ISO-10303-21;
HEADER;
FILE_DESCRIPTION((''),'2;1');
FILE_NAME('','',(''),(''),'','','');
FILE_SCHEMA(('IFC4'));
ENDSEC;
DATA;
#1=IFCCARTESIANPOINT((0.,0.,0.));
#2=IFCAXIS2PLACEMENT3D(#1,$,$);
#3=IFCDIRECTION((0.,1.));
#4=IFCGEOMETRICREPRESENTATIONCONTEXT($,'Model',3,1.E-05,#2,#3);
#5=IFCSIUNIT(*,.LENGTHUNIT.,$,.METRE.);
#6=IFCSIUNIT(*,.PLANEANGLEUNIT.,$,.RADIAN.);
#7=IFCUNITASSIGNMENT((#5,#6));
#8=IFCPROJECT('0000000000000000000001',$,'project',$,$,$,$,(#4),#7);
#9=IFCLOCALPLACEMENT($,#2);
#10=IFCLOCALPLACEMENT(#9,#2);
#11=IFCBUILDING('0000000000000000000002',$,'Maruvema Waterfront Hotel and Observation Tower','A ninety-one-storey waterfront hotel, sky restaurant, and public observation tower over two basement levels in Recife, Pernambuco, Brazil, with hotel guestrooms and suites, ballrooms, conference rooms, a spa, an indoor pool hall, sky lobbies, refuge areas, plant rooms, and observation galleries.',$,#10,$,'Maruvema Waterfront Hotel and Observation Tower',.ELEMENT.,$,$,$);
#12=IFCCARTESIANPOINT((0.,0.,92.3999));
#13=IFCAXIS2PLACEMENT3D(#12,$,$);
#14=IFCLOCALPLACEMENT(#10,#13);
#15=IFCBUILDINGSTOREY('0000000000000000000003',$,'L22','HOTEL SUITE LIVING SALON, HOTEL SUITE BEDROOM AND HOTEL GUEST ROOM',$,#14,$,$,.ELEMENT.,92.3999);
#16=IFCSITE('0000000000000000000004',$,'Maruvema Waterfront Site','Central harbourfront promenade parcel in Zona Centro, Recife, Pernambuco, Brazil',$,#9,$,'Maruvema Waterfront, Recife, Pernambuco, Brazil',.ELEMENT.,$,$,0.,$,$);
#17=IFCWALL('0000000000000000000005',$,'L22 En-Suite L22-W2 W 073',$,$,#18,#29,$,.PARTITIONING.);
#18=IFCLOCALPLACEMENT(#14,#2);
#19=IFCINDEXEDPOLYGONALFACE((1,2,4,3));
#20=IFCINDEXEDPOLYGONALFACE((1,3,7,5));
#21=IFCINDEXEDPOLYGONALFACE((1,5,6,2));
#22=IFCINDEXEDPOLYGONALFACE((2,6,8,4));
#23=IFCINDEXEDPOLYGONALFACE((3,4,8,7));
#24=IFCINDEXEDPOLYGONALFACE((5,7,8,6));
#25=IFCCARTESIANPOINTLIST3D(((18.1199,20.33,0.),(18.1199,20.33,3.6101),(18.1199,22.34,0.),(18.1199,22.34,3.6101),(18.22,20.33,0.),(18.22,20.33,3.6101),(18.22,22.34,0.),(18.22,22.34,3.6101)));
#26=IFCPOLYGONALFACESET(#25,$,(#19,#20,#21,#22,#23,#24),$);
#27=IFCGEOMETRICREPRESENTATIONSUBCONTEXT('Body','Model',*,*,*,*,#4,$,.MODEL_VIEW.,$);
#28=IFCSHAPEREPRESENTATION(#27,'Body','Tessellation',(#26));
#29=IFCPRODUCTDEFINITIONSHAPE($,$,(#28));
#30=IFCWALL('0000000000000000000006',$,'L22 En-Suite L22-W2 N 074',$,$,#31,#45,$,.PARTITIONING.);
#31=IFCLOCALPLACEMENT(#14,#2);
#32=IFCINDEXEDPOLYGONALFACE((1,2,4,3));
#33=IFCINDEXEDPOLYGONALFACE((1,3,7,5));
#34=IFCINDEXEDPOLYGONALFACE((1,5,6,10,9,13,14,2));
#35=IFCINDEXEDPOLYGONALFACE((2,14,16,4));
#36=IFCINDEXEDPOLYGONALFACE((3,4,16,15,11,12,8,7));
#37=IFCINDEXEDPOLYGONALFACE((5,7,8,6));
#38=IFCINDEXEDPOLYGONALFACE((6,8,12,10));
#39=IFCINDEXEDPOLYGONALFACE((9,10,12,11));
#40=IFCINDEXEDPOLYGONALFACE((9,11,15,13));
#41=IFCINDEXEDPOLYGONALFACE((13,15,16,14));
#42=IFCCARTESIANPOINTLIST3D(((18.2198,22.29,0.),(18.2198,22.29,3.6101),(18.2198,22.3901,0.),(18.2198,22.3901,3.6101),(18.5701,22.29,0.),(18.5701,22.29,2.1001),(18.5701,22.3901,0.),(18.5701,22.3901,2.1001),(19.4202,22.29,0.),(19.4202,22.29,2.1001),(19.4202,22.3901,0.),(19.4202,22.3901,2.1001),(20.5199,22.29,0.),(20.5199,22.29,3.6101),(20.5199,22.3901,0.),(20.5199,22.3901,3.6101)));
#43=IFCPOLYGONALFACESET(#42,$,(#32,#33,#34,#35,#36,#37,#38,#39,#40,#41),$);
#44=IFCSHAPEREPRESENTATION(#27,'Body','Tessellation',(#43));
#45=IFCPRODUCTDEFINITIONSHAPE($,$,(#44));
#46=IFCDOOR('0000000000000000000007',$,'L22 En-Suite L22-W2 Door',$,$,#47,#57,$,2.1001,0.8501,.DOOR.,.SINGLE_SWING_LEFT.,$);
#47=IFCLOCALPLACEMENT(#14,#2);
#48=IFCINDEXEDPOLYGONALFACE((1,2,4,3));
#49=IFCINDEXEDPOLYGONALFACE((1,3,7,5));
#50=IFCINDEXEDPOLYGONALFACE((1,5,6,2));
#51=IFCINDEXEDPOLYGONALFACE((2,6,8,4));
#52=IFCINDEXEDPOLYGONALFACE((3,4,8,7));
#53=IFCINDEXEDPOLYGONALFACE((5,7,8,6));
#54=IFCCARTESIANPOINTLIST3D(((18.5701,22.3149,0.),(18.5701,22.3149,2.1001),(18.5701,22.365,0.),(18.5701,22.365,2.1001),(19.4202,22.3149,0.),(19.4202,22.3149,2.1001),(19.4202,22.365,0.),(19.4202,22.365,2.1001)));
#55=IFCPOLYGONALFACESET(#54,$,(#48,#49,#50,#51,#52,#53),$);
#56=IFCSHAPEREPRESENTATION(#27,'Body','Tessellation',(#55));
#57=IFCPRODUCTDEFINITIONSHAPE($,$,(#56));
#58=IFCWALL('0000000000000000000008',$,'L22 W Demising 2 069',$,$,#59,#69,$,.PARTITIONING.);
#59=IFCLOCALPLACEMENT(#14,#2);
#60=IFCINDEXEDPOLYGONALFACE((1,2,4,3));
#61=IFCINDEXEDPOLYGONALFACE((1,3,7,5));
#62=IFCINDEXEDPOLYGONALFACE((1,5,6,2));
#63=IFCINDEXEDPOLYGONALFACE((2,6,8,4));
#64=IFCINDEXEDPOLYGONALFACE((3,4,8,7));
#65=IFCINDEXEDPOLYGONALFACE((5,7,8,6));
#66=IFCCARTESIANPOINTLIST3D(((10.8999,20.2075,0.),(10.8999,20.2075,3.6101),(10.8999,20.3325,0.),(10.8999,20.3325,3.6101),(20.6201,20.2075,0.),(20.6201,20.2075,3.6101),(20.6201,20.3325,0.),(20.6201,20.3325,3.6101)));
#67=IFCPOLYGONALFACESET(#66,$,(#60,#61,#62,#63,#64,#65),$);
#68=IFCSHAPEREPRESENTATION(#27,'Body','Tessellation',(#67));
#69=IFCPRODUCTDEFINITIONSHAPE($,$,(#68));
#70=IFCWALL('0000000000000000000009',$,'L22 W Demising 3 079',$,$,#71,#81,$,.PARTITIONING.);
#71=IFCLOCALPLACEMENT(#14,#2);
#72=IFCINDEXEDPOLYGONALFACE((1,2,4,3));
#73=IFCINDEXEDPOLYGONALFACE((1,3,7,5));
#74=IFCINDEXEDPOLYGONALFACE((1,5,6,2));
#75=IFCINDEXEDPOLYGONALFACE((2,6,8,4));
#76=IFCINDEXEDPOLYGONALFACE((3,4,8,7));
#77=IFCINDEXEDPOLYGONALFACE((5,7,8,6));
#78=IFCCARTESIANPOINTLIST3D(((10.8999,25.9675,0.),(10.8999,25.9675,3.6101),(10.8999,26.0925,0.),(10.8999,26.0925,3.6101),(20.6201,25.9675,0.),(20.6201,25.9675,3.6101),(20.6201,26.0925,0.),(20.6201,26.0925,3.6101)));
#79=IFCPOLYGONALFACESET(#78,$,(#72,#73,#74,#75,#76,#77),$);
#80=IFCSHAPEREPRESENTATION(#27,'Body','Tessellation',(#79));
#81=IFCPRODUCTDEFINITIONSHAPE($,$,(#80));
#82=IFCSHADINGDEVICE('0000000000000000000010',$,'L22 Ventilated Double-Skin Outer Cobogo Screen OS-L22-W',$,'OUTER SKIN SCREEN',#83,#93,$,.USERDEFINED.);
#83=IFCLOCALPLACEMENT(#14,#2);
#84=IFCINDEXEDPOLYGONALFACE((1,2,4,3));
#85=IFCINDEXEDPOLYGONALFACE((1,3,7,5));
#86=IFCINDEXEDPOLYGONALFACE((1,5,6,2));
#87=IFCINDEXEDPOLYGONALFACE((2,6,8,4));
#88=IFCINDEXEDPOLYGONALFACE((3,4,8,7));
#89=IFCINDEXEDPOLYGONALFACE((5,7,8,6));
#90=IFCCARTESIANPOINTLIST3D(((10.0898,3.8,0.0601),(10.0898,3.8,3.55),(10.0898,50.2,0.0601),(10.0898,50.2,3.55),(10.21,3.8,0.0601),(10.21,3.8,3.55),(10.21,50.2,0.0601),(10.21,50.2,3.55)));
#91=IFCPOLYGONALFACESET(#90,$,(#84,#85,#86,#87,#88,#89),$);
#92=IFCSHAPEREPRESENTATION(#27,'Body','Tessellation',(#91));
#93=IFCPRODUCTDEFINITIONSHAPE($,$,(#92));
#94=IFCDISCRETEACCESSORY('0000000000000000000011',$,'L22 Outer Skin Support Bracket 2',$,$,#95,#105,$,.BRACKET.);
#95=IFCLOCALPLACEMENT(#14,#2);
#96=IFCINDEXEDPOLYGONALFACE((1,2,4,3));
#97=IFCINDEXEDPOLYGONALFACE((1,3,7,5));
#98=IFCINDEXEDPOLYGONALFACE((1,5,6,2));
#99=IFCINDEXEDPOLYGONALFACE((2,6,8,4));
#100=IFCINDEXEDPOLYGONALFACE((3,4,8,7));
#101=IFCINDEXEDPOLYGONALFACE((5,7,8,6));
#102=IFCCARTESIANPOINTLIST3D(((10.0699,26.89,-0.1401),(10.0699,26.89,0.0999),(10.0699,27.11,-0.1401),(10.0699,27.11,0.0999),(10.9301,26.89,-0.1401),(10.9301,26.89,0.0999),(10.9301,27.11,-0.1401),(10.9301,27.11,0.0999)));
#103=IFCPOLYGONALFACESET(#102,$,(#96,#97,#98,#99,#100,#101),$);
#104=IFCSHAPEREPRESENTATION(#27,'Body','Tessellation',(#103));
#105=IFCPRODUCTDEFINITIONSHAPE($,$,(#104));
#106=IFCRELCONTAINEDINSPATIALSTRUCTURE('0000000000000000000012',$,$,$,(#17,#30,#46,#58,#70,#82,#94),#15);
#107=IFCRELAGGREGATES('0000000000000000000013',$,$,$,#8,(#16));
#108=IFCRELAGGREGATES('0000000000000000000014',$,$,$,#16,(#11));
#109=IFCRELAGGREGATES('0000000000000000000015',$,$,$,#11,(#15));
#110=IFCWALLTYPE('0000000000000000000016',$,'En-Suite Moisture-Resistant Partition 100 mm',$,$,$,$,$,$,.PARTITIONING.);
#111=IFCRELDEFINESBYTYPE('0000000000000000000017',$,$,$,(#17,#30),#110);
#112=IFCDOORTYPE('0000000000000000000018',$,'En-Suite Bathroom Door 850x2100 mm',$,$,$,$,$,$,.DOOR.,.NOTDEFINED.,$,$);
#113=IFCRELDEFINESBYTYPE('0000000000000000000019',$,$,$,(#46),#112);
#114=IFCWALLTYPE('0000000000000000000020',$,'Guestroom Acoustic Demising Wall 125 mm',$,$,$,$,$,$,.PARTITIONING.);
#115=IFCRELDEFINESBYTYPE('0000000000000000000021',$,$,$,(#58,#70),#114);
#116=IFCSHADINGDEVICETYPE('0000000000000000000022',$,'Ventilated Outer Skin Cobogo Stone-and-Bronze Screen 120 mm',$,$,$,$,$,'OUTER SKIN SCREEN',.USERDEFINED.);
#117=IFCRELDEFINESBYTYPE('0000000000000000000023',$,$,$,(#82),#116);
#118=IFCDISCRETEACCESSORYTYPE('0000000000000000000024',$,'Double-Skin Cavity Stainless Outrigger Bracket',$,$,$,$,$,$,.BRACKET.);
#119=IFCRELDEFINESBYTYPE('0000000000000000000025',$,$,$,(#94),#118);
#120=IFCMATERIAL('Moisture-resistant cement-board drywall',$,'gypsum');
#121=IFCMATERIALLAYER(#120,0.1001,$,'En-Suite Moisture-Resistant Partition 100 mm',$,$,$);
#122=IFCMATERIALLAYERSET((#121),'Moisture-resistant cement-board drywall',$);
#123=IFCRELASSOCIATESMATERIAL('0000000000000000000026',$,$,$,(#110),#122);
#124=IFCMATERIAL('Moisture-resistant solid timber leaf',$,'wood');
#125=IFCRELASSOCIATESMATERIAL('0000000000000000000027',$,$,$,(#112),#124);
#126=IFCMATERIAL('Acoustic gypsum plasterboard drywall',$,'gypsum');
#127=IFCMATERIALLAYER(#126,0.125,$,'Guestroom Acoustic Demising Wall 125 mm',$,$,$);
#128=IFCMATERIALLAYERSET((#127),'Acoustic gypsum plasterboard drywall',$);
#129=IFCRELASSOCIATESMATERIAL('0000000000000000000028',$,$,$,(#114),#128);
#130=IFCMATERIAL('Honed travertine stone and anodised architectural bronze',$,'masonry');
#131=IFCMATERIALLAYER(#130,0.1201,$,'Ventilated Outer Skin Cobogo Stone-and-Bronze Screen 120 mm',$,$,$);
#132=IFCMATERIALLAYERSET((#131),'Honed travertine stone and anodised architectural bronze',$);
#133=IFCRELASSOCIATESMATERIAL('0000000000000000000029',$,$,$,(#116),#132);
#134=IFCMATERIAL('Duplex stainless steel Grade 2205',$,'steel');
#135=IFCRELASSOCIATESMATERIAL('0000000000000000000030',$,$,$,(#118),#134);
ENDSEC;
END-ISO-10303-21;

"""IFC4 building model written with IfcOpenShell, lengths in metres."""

from ifc_helpers import new_model, si_unit, direction, frame, frame_2d, origin, origin_2d, place, context, subcontext, project, spatial, rectangle, extrude, material, layer, layer_set, type_object, element, fill, save


model = new_model("IFC4")

# Units and contexts
model_context = context("Model", 3, precision=1e-05, world=origin(), true_north=direction((0.0, 1.0)))
body_context = subcontext(model_context, "Body", "Model", "MODEL_VIEW")
ifc_project = project(units=[si_unit("LENGTHUNIT", "METRE"), si_unit("PLANEANGLEUNIT", "RADIAN")], contexts=[model_context])

# Site, building, storey
site_placement = place(None, origin())
site = spatial("IfcSite", under=ifc_project, at=site_placement, Name="Maruvema Waterfront Site", Description="Central harbourfront promenade parcel in Zona Centro, Recife, Pernambuco, Brazil", LongName="Maruvema Waterfront, Recife, Pernambuco, Brazil", CompositionType="ELEMENT", RefElevation=0.0)
building_placement = place(site_placement, origin())
building = spatial("IfcBuilding", under=site, at=building_placement, Name="Maruvema Waterfront Hotel and Observation Tower", Description="A ninety-one-storey waterfront hotel, sky restaurant, and public observation tower over two basement levels in Recife, Pernambuco, Brazil, with hotel guestrooms and suites, ballrooms, conference rooms, a spa, an indoor pool hall, sky lobbies, refuge areas, plant rooms, and observation galleries.", LongName="Maruvema Waterfront Hotel and Observation Tower", CompositionType="ELEMENT")
storey_placement = place(building_placement, frame((0.0, 0.0, 92.3999)))
storey = spatial("IfcBuildingStorey", under=building, at=storey_placement, Name="L22", Description="HOTEL SUITE LIVING SALON, HOTEL SUITE BEDROOM AND HOTEL GUEST ROOM", CompositionType="ELEMENT", Elevation=92.3999)

# Shared definitions
ifc_material_1 = material(Name="Moisture-resistant cement-board drywall", Category="gypsum")
ifc_layer_1 = layer(ifc_material_1, 0.1001, Name="En-Suite Moisture-Resistant Partition 100 mm")
ifc_layer_set_1 = layer_set([ifc_layer_1], Name="Moisture-resistant cement-board drywall")
wall_type_1 = type_object("IfcWallType", Name="En-Suite Moisture-Resistant Partition 100 mm", PredefinedType="PARTITIONING", material=ifc_layer_set_1)
ifc_material_2 = material(Name="Moisture-resistant solid timber leaf", Category="wood")
door_type_1 = type_object("IfcDoorType", Name="En-Suite Bathroom Door 850x2100 mm", OperationType="NOTDEFINED", PredefinedType="DOOR", material=ifc_material_2)

# Wall
wall_1_placement = place(storey_placement, frame((18.1699, 20.3301, 0.0), z_axis=(0.0, 0.0, 1.0), x_axis=(0.0, 1.0, 0.0)))
element("IfcWall", 1, at=wall_1_placement, inside=storey, type_object=wall_type_1, Name="L22 En-Suite L22-W2 W 073", PredefinedType="PARTITIONING", context=body_context, shape_type="SweptSolid", body=[
    extrude(rectangle(XDim=2.01, YDim=0.1001, at=frame_2d((1.0049, 0.0))), origin(), (0.0, 0.0, 1.0), 3.6101),
])

# Wall, opening, door
wall_2_placement = place(storey_placement, frame((18.22, 22.3401, 0.0), z_axis=(0.0, 0.0, 1.0), x_axis=(1.0, 0.0, 0.0)))
wall_2 = element("IfcWall", 2, at=wall_2_placement, inside=storey, type_object=wall_type_1, Name="L22 En-Suite L22-W2 N 074", PredefinedType="PARTITIONING", context=body_context, shape_type="SweptSolid", body=[
    extrude(rectangle(XDim=2.3, YDim=0.1001, at=frame_2d((1.1499, 0.0))), origin(), (0.0, 0.0, 1.0), 3.6101),
])
opening_1_placement = place(wall_2_placement, frame((0.3501, 0.0, 0.0)))
opening_1 = element("IfcOpeningElement", 3, at=opening_1_placement, cuts=wall_2, PredefinedType="OPENING", context=body_context, shape_type="SweptSolid", body=[
    extrude(rectangle(XDim=0.8501, YDim=2.1001, at=frame_2d((0.425, 1.05))), frame((0.0, 0.0601, 0.0), z_axis=(0.0, -1.0, 0.0), x_axis=(1.0, 0.0, 0.0)), (0.0, 0.0, 1.0), 0.1201),
])
door_1_placement = place(opening_1_placement, origin())
door_1 = element("IfcDoor", 4, at=door_1_placement, inside=storey, type_object=door_type_1, Name="L22 En-Suite L22-W2 Door", OperationType="SINGLE_SWING_LEFT", OverallHeight=2.1001, OverallWidth=0.8501, PredefinedType="DOOR", context=body_context, shape_type="SweptSolid", body=[
    extrude(rectangle(XDim=0.8501, YDim=2.1001, at=frame_2d((0.425, 1.05))), frame((0.0, 0.0249, 0.0), z_axis=(0.0, -1.0, 0.0), x_axis=(1.0, 0.0, 0.0)), (0.0, 0.0, 1.0), 0.05),
])
fill(opening_1, door_1)

# Walls
ifc_material_3 = material(Name="Acoustic gypsum plasterboard drywall", Category="gypsum")
ifc_layer_2 = layer(ifc_material_3, 0.125, Name="Guestroom Acoustic Demising Wall 125 mm")
ifc_layer_set_2 = layer_set([ifc_layer_2], Name="Acoustic gypsum plasterboard drywall")
wall_type_2 = type_object("IfcWallType", Name="Guestroom Acoustic Demising Wall 125 mm", PredefinedType="PARTITIONING", material=ifc_layer_set_2)
for number, where, z_axis, x_axis, name in (
    (5, (10.8999, 20.27, 0.0), (0.0, 0.0, 1.0), (1.0, 0.0, 0.0), "L22 W Demising 2 069"),
    (6, (10.8999, 26.03, 0.0), (0.0, 0.0, 1.0), (1.0, 0.0, 0.0), "L22 W Demising 3 079"),
):
    element("IfcWall", number, at=place(storey_placement, frame(where, z_axis=z_axis, x_axis=x_axis)), inside=storey, type_object=wall_type_2, Name=name, PredefinedType="PARTITIONING", context=body_context, shape_type="SweptSolid", body=[
        extrude(rectangle(XDim=9.7202, YDim=0.125, at=frame_2d((4.8601, 0.0))), origin(), (0.0, 0.0, 1.0), 3.6101),
    ])

# Shading device
ifc_material_4 = material(Name="Honed travertine stone and anodised architectural bronze", Category="masonry")
ifc_layer_3 = layer(ifc_material_4, 0.1201, Name="Ventilated Outer Skin Cobogo Stone-and-Bronze Screen 120 mm")
ifc_layer_set_3 = layer_set([ifc_layer_3], Name="Honed travertine stone and anodised architectural bronze")
shading_device_type = type_object("IfcShadingDeviceType", Name="Ventilated Outer Skin Cobogo Stone-and-Bronze Screen 120 mm", ElementType="OUTER SKIN SCREEN", PredefinedType="USERDEFINED", material=ifc_layer_set_3)
shading_device_placement = place(storey_placement, frame((10.1499, 27.0, 0.0601), z_axis=(0.0, 0.0, 1.0), x_axis=(0.0, -1.0, 0.0)))
element("IfcShadingDevice", 7, at=shading_device_placement, inside=storey, type_object=shading_device_type, Name="L22 Ventilated Double-Skin Outer Cobogo Screen OS-L22-W", ObjectType="OUTER SKIN SCREEN", PredefinedType="USERDEFINED", context=body_context, shape_type="SweptSolid", body=[
    extrude(rectangle(XDim=46.3999, YDim=0.1201, at=origin_2d()), origin(), (0.0, 0.0, 1.0), 3.49),
])

# Discrete accessory
ifc_material_5 = material(Name="Duplex stainless steel Grade 2205", Category="steel")
discrete_accessory_type = type_object("IfcDiscreteAccessoryType", Name="Double-Skin Cavity Stainless Outrigger Bracket", PredefinedType="BRACKET", material=ifc_material_5)
discrete_accessory_placement = place(storey_placement, frame((10.5, 27.0, -0.1401), z_axis=(0.0, 0.0, 1.0), x_axis=(0.0, -1.0, 0.0)))
element("IfcDiscreteAccessory", 8, at=discrete_accessory_placement, inside=storey, type_object=discrete_accessory_type, Name="L22 Outer Skin Support Bracket 2", PredefinedType="BRACKET", context=body_context, shape_type="SweptSolid", body=[
    extrude(rectangle(XDim=0.22, YDim=0.8601, at=origin_2d()), origin(), (0.0, 0.0, 1.0), 0.24),
])

save(model, "model.ifc")
